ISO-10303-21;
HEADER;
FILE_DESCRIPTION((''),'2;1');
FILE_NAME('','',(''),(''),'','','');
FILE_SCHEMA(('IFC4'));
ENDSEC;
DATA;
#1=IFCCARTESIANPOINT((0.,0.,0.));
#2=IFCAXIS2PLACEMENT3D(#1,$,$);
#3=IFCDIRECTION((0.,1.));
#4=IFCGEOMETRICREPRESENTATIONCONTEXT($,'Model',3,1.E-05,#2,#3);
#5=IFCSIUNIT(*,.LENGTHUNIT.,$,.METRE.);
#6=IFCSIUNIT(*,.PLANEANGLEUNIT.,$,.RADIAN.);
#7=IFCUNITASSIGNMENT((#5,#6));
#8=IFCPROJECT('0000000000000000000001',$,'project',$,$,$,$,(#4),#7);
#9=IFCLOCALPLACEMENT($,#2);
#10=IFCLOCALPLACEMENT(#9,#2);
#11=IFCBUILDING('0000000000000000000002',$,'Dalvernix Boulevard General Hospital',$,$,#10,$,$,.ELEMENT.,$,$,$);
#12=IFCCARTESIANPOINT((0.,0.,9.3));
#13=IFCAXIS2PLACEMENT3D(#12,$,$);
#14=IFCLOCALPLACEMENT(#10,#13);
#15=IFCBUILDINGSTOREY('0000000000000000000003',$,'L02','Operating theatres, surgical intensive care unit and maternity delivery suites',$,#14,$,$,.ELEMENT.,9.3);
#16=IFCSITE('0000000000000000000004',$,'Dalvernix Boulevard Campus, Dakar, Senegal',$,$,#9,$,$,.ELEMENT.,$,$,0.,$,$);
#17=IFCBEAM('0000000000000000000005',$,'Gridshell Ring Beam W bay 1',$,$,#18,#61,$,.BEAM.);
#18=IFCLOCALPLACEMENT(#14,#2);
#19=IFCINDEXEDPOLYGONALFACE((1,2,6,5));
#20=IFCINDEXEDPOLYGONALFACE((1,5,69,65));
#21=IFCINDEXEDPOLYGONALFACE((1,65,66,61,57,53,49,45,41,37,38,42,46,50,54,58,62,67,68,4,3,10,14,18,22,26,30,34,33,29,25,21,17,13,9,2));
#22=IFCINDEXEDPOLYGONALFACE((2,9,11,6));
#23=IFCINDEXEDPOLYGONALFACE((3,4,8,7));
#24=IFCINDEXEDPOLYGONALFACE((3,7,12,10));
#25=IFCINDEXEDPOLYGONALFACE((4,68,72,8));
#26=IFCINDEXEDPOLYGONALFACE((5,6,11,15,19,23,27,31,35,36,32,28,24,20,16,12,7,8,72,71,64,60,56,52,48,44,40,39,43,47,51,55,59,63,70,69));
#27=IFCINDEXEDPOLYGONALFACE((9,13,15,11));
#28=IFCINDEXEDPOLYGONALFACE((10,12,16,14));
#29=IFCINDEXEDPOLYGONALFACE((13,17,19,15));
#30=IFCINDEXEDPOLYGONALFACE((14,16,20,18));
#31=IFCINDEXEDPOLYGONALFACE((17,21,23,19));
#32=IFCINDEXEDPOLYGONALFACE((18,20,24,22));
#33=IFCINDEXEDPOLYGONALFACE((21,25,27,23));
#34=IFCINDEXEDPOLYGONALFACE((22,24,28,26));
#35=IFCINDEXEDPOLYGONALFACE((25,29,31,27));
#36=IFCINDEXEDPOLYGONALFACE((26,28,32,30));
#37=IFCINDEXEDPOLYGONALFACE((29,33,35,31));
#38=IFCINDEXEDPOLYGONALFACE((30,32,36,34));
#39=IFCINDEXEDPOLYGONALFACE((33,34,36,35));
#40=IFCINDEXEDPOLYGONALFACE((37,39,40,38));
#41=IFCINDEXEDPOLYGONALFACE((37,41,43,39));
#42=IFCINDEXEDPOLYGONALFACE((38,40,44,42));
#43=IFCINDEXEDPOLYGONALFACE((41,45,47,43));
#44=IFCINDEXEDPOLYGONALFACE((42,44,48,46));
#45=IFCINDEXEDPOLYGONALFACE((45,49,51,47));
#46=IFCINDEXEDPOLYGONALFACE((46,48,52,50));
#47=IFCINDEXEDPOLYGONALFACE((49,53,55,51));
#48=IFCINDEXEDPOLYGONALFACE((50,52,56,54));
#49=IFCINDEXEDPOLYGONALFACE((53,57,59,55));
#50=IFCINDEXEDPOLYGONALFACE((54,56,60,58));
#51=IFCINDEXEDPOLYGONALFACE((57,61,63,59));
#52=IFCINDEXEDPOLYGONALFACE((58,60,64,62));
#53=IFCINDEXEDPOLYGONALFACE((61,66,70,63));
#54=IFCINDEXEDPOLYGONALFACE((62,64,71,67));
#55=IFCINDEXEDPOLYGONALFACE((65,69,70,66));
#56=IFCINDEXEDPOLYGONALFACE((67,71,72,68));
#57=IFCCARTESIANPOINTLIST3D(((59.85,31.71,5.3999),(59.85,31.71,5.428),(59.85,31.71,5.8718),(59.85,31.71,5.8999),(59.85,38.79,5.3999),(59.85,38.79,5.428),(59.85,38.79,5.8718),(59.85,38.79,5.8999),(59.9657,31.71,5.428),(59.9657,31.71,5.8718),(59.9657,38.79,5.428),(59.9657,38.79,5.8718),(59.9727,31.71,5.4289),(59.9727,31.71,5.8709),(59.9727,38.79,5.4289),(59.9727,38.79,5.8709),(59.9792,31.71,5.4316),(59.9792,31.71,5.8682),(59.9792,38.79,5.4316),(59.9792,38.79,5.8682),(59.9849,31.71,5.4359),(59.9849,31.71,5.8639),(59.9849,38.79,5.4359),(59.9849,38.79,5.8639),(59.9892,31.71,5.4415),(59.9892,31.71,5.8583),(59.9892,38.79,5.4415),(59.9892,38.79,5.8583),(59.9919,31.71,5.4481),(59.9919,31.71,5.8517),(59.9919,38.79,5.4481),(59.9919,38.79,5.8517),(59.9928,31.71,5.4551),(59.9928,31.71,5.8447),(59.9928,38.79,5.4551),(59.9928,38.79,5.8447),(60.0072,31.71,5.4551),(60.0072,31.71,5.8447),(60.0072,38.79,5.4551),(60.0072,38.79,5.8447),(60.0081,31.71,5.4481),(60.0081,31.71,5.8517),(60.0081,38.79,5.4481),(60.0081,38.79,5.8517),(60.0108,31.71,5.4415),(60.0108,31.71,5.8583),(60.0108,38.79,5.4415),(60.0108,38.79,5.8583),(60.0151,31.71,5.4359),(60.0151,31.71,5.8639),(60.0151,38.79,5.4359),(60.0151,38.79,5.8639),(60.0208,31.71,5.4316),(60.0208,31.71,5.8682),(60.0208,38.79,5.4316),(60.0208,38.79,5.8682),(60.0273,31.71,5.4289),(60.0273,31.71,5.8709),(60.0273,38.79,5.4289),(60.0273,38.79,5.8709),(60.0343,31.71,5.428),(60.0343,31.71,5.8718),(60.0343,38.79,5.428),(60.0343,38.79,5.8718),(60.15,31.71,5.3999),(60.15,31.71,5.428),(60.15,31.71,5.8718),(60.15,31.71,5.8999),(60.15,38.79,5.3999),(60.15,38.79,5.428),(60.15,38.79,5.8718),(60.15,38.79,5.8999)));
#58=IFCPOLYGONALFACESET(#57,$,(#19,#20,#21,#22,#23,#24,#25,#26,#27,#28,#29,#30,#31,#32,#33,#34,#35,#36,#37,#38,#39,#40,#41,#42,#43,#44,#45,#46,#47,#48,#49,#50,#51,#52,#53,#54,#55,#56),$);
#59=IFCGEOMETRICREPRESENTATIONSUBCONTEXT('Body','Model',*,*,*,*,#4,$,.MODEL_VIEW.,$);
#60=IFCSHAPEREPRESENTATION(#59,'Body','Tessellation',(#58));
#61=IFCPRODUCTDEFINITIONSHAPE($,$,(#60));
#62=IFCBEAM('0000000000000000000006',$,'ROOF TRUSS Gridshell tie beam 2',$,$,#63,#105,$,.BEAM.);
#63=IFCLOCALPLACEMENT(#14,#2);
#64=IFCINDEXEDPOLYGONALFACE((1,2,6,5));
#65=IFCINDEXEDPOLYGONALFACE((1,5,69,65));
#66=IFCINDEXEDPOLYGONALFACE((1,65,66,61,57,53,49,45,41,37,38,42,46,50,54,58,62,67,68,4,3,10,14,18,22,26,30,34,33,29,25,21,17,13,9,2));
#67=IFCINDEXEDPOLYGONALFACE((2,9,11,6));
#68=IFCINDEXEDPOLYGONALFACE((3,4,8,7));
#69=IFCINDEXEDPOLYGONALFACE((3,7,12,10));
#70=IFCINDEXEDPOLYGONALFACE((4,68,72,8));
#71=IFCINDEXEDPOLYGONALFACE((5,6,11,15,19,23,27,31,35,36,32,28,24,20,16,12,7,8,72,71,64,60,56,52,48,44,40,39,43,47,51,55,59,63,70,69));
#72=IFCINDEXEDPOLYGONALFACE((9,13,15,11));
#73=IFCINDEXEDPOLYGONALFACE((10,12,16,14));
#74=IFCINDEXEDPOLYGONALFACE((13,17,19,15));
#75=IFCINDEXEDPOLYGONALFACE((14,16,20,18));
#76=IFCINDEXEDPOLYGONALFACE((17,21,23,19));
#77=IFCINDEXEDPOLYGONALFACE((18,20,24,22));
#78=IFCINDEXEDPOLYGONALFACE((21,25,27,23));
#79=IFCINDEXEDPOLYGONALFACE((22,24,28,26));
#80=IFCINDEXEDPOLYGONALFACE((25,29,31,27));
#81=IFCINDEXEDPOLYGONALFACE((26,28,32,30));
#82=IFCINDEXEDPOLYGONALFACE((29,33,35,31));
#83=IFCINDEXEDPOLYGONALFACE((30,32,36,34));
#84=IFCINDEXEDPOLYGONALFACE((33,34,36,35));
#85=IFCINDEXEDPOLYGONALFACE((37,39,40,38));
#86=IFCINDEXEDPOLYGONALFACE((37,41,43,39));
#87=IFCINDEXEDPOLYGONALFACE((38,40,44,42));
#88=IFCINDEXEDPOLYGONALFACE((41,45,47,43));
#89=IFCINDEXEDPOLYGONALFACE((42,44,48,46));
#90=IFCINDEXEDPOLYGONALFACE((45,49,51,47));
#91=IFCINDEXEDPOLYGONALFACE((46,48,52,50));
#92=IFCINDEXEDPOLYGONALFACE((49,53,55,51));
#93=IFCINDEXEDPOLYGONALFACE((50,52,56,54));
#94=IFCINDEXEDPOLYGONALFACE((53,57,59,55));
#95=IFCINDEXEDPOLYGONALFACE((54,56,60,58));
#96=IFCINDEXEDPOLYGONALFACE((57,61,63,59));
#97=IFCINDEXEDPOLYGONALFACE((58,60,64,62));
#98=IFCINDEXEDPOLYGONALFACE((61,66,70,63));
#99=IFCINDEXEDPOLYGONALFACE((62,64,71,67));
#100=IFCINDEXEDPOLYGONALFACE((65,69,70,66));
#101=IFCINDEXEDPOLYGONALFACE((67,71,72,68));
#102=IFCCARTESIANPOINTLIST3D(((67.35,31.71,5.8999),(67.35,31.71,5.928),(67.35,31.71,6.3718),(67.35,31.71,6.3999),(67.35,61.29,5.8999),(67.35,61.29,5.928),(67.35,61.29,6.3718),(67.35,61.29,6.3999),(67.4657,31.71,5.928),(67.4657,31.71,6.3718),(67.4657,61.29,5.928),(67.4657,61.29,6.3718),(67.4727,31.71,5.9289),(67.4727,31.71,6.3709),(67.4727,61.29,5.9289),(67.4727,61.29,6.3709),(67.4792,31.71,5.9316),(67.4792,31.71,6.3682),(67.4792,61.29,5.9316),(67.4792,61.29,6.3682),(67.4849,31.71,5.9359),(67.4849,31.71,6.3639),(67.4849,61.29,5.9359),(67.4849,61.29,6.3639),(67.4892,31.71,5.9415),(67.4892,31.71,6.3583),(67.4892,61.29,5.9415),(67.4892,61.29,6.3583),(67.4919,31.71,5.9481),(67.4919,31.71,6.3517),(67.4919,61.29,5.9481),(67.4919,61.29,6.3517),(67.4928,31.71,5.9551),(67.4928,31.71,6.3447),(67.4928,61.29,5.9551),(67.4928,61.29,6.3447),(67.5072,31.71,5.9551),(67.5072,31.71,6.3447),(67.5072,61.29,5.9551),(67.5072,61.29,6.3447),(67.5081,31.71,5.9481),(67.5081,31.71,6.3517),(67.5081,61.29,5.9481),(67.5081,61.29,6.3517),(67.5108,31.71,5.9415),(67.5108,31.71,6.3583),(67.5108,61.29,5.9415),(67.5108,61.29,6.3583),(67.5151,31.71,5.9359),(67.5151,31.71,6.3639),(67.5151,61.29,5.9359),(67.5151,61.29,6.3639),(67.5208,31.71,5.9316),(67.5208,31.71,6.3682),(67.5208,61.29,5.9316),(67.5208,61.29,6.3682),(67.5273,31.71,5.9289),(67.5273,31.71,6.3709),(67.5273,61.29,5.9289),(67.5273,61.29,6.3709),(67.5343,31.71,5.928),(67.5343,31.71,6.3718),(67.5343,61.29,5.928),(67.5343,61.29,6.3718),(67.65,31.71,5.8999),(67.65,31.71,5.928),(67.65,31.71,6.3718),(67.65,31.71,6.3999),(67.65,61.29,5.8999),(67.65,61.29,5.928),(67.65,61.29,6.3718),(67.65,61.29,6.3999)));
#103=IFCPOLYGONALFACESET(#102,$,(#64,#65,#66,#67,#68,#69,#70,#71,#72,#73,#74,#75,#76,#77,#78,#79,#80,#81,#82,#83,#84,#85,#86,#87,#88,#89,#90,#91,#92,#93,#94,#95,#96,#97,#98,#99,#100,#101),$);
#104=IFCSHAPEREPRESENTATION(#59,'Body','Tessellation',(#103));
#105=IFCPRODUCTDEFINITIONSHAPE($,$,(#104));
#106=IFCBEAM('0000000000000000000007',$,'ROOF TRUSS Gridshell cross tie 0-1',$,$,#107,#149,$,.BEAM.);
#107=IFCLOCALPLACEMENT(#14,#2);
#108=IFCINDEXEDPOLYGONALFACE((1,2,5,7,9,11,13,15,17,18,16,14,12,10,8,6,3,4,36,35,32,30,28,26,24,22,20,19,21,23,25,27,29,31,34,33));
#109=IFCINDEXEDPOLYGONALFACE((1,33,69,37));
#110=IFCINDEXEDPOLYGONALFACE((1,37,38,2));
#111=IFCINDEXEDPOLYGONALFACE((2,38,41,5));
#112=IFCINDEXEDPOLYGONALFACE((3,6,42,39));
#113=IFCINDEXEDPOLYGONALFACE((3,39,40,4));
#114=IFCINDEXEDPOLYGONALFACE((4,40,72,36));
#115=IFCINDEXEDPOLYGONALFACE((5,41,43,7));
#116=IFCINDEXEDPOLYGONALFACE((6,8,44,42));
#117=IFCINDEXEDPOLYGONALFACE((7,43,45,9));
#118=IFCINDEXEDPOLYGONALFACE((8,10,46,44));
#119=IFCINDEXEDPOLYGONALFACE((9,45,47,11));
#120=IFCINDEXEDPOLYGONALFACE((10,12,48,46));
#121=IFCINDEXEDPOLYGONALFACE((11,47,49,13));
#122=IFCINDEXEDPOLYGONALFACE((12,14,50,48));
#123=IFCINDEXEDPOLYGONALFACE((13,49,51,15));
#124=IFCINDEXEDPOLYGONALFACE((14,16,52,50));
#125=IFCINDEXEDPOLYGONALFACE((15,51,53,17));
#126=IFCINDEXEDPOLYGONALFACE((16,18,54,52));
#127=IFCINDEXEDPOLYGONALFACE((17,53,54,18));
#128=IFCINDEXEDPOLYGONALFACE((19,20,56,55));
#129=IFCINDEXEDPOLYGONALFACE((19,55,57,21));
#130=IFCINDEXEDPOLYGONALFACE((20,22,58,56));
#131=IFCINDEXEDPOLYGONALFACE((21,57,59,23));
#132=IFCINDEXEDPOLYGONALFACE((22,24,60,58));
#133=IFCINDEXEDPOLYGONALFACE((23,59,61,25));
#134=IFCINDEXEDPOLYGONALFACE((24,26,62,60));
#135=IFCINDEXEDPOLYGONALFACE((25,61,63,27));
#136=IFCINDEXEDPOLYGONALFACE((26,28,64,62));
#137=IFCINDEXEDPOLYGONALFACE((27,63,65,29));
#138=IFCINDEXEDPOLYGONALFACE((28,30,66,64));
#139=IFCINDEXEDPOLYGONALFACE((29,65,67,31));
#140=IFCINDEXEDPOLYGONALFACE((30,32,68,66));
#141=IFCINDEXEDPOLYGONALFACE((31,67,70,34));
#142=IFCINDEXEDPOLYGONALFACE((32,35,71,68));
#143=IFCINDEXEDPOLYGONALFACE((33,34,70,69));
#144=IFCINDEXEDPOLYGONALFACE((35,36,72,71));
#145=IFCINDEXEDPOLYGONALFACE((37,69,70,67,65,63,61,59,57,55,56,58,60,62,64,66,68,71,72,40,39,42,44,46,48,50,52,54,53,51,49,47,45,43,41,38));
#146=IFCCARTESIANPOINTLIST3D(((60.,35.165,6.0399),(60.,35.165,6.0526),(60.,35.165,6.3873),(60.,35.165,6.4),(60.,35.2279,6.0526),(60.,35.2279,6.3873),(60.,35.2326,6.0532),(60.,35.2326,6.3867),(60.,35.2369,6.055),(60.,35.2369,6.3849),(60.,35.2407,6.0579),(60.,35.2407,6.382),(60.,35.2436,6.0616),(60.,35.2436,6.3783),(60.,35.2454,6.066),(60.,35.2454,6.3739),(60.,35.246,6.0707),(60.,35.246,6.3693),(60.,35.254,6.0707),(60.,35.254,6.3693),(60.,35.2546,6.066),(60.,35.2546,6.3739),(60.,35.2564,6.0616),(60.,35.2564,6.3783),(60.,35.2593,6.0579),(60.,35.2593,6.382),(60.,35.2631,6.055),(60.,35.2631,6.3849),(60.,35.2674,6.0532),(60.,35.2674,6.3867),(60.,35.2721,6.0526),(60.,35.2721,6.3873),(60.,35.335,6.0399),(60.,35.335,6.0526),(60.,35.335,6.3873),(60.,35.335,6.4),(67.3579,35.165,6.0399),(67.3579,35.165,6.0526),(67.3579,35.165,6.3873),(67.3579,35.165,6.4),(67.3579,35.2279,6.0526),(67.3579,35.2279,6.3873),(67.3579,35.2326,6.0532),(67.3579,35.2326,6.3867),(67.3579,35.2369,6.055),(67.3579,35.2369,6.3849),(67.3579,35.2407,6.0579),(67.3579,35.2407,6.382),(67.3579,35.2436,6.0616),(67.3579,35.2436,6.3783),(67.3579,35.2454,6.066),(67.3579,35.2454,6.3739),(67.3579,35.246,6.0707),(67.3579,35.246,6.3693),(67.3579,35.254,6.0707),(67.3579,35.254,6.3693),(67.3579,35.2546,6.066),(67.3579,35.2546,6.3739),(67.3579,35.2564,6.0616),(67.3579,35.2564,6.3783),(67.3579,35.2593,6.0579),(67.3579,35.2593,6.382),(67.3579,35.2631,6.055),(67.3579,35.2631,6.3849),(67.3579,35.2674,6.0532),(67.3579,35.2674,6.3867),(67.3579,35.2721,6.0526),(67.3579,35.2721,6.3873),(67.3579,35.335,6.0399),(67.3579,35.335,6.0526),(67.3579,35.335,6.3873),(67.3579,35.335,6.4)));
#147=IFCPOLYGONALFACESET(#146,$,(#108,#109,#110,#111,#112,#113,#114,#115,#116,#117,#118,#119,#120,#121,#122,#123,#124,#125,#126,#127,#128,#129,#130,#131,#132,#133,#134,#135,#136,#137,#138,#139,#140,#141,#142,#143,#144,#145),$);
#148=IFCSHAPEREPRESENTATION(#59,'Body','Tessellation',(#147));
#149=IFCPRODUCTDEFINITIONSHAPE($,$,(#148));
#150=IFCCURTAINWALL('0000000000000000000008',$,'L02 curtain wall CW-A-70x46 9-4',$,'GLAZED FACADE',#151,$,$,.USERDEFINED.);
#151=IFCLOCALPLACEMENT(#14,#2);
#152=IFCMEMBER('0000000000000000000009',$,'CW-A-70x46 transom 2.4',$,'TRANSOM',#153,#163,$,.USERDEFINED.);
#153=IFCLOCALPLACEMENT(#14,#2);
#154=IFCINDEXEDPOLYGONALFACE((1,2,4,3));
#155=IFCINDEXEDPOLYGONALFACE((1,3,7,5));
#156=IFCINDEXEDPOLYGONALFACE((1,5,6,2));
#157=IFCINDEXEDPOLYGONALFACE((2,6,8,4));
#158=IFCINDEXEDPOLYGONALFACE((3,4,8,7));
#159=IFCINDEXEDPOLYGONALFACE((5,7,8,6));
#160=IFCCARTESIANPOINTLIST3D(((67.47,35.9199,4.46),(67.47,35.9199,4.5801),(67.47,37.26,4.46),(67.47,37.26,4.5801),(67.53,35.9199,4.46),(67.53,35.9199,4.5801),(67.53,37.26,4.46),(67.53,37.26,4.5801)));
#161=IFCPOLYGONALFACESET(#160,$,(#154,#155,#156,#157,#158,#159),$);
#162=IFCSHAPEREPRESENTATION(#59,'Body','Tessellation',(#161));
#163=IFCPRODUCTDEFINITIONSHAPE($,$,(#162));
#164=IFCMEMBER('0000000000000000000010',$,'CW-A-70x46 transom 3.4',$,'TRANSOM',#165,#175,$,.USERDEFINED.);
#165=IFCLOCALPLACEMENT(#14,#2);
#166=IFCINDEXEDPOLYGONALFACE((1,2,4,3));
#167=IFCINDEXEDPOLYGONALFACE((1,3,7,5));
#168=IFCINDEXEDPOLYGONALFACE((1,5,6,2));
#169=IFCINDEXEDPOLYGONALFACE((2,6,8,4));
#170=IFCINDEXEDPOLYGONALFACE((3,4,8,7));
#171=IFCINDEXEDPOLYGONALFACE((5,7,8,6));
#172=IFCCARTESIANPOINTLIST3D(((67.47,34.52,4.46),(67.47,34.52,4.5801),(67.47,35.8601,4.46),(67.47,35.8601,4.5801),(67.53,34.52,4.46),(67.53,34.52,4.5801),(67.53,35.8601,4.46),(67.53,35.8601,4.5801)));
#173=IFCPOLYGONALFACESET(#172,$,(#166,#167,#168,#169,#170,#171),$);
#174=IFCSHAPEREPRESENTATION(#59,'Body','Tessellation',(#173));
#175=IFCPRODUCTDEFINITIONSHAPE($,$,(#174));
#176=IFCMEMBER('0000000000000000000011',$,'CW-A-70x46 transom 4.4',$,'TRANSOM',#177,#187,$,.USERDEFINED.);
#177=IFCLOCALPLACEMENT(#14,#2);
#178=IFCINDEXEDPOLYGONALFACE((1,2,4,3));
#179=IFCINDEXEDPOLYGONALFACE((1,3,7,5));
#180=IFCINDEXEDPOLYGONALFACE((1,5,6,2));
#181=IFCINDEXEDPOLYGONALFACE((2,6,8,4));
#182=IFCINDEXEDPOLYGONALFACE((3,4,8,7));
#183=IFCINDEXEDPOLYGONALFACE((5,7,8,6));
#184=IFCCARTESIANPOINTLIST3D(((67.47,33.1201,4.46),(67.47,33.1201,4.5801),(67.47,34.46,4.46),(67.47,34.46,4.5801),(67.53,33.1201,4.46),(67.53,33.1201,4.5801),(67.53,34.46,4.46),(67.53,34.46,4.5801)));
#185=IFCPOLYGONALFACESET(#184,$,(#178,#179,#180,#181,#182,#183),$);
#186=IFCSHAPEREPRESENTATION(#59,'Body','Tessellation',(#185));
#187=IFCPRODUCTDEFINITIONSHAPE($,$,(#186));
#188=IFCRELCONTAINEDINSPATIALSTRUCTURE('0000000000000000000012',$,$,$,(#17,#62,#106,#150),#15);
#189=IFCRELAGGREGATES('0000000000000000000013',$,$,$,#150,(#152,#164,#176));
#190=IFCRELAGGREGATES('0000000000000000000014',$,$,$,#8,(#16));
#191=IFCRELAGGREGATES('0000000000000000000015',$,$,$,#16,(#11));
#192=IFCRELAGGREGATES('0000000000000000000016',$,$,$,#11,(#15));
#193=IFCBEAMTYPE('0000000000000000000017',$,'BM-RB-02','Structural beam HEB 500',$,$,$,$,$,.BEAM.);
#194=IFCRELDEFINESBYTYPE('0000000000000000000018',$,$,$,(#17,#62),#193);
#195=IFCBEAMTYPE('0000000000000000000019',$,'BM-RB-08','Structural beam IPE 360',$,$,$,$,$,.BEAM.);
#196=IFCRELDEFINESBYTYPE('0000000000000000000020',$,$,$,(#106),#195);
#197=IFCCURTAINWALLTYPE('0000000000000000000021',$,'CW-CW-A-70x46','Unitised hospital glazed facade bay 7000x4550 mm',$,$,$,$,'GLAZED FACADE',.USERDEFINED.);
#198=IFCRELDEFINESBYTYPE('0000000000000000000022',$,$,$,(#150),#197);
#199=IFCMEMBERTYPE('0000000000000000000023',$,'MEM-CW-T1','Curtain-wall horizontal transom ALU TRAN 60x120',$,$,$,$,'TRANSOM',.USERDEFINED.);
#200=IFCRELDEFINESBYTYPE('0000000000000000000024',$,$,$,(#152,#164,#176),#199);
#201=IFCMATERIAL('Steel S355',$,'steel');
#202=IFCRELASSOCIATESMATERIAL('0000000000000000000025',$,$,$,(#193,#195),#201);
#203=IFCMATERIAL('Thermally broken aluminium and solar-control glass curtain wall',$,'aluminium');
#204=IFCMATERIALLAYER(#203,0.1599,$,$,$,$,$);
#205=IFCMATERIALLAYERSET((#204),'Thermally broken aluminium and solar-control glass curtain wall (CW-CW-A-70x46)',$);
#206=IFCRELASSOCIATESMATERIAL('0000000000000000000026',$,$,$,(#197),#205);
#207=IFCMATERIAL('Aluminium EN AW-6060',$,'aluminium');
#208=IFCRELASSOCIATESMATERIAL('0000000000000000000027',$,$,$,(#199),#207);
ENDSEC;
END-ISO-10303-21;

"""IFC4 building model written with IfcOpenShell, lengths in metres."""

from ifc_helpers import new_model, si_unit, direction, frame, origin, origin_2d, place, context, subcontext, project, spatial, rectangle, i_section, extrude, material, layer, layer_set, material_profile, profile_set, type_object, element, aggregate, save


model = new_model("IFC4")

# Units and contexts
model_context = context("Model", 3, precision=1e-05, world=origin(), true_north=direction((0.0, 1.0)))
body_context = subcontext(model_context, "Body", "Model", "MODEL_VIEW")
ifc_project = project(units=[si_unit("LENGTHUNIT", "METRE"), si_unit("PLANEANGLEUNIT", "RADIAN")], contexts=[model_context])

# Site, building, storey
site_placement = place(None, origin())
site = spatial("IfcSite", under=ifc_project, at=site_placement, Name="Dalvernix Boulevard Campus, Dakar, Senegal", CompositionType="ELEMENT", RefElevation=0.0)
building_placement = place(site_placement, origin())
building = spatial("IfcBuilding", under=site, at=building_placement, Name="Dalvernix Boulevard General Hospital", CompositionType="ELEMENT")
storey_placement = place(building_placement, frame((0.0, 0.0, 9.3)))
storey = spatial("IfcBuildingStorey", under=building, at=storey_placement, Name="L02", Description="Operating theatres, surgical intensive care unit and maternity delivery suites", CompositionType="ELEMENT", Elevation=9.3)

# Beams
ifc_material_1 = material(Name="Steel S355", Category="steel")
ifc_material_profile_1 = material_profile(ifc_material_1, i_section(OverallWidth=0.3, OverallDepth=0.5, WebThickness=0.0144, FlangeThickness=0.0281, FilletRadius=0.0271, at=origin_2d()), Name="HEB 500")
ifc_profile_set_1 = profile_set([ifc_material_profile_1], Name="Steel S355")
beam_type_1 = type_object("IfcBeamType", Name="BM-RB-02", Description="Structural beam HEB 500", PredefinedType="BEAM", material=ifc_profile_set_1)
beam_1_placement = place(storey_placement, frame((60.0, 31.71, 5.6499), z_axis=(0.0, 1.0, 0.0), x_axis=(-1.0, 0.0, 0.0)))
element("IfcBeam", 1, at=beam_1_placement, inside=storey, type_object=beam_type_1, Name="Gridshell Ring Beam W bay 1", PredefinedType="BEAM", context=body_context, shape_type="SweptSolid", body=[
    extrude(i_section(OverallWidth=0.3, OverallDepth=0.5, WebThickness=0.0144, FlangeThickness=0.0281, FilletRadius=0.0271, at=origin_2d()), origin(), (0.0, 0.0, 1.0), 7.0801),
])
beam_2_placement = place(storey_placement, frame((67.5, 31.71, 6.1499), z_axis=(0.0, 1.0, 0.0), x_axis=(-1.0, 0.0, 0.0)))
element("IfcBeam", 2, at=beam_2_placement, inside=storey, type_object=beam_type_1, Name="ROOF TRUSS Gridshell tie beam 2", PredefinedType="BEAM", context=body_context, shape_type="SweptSolid", body=[
    extrude(i_section(OverallWidth=0.3, OverallDepth=0.5, WebThickness=0.0144, FlangeThickness=0.0281, FilletRadius=0.0271, at=origin_2d()), origin(), (0.0, 0.0, 1.0), 29.5801),
])
ifc_material_profile_2 = material_profile(ifc_material_1, i_section(OverallWidth=0.1699, OverallDepth=0.3601, WebThickness=0.0081, FlangeThickness=0.0127, FilletRadius=0.0181, at=origin_2d()), Name="IPE 360")
ifc_profile_set_2 = profile_set([ifc_material_profile_2], Name="Steel S355")
beam_type_2 = type_object("IfcBeamType", Name="BM-RB-08", Description="Structural beam IPE 360", PredefinedType="BEAM", material=ifc_profile_set_2)
beam_3_placement = place(storey_placement, frame((60.0, 35.25, 6.22), z_axis=(1.0, 0.0, 0.0), x_axis=(0.0, 1.0, 0.0)))
element("IfcBeam", 3, at=beam_3_placement, inside=storey, type_object=beam_type_2, Name="ROOF TRUSS Gridshell cross tie 0-1", PredefinedType="BEAM", context=body_context, shape_type="SweptSolid", body=[
    extrude(i_section(OverallWidth=0.1699, OverallDepth=0.3601, WebThickness=0.0081, FlangeThickness=0.0127, FilletRadius=0.0181, at=origin_2d()), origin(), (0.0, 0.0, 1.0), 7.3579),
])

# Curtain wall, members
ifc_material_2 = material(Name="Thermally broken aluminium and solar-control glass curtain wall", Category="aluminium")
ifc_layer_1 = layer(ifc_material_2, 0.1599)
ifc_layer_set_1 = layer_set([ifc_layer_1], Name="Thermally broken aluminium and solar-control glass curtain wall (CW-CW-A-70x46)")
curtain_wall_type_1 = type_object("IfcCurtainWallType", Name="CW-CW-A-70x46", Description="Unitised hospital glazed facade bay 7000x4550 mm", ElementType="GLAZED FACADE", PredefinedType="USERDEFINED", material=ifc_layer_set_1)
curtain_wall_1_placement = place(storey_placement, origin())
curtain_wall_1 = element("IfcCurtainWall", 4, at=curtain_wall_1_placement, inside=storey, type_object=curtain_wall_type_1, Name="L02 curtain wall CW-A-70x46 9-4", ObjectType="GLAZED FACADE", PredefinedType="USERDEFINED")
ifc_material_3 = material(Name="Aluminium EN AW-6060", Category="aluminium")
ifc_material_profile_3 = material_profile(ifc_material_3, rectangle(XDim=0.0601, YDim=0.1201, at=origin_2d()), Name="ALU TRAN 60x120")
ifc_profile_set_3 = profile_set([ifc_material_profile_3], Name="Aluminium EN AW-6060")
member_type_1 = type_object("IfcMemberType", Name="MEM-CW-T1", Description="Curtain-wall horizontal transom ALU TRAN 60x120", ElementType="TRANSOM", PredefinedType="USERDEFINED", material=ifc_profile_set_3)
member_1_placement = place(storey_placement, frame((67.5, 37.26, 4.52), z_axis=(0.0, -1.0, 0.0), x_axis=(1.0, 0.0, 0.0)))
member_1 = element("IfcMember", 5, at=member_1_placement, type_object=member_type_1, Name="CW-A-70x46 transom 2.4", ObjectType="TRANSOM", PredefinedType="USERDEFINED", context=body_context, shape_type="SweptSolid", body=[
    extrude(rectangle(XDim=0.0601, YDim=0.1201, at=origin_2d()), origin(), (0.0, 0.0, 1.0), 1.3401),
])
member_2_placement = place(storey_placement, frame((67.5, 35.8601, 4.52), z_axis=(0.0, -1.0, 0.0), x_axis=(1.0, 0.0, 0.0)))
member_2 = element("IfcMember", 6, at=member_2_placement, type_object=member_type_1, Name="CW-A-70x46 transom 3.4", ObjectType="TRANSOM", PredefinedType="USERDEFINED", context=body_context, shape_type="SweptSolid", body=[
    extrude(rectangle(XDim=0.0601, YDim=0.1201, at=origin_2d()), origin(), (0.0, 0.0, 1.0), 1.3401),
])
member_3_placement = place(storey_placement, frame((67.5, 34.46, 4.52), z_axis=(0.0, -1.0, 0.0), x_axis=(1.0, 0.0, 0.0)))
member_3 = element("IfcMember", 7, at=member_3_placement, type_object=member_type_1, Name="CW-A-70x46 transom 4.4", ObjectType="TRANSOM", PredefinedType="USERDEFINED", context=body_context, shape_type="SweptSolid", body=[
    extrude(rectangle(XDim=0.0601, YDim=0.1201, at=origin_2d()), origin(), (0.0, 0.0, 1.0), 1.3398),
])
aggregate(curtain_wall_1, [member_1, member_2, member_3])

save(model, "model.ifc")
